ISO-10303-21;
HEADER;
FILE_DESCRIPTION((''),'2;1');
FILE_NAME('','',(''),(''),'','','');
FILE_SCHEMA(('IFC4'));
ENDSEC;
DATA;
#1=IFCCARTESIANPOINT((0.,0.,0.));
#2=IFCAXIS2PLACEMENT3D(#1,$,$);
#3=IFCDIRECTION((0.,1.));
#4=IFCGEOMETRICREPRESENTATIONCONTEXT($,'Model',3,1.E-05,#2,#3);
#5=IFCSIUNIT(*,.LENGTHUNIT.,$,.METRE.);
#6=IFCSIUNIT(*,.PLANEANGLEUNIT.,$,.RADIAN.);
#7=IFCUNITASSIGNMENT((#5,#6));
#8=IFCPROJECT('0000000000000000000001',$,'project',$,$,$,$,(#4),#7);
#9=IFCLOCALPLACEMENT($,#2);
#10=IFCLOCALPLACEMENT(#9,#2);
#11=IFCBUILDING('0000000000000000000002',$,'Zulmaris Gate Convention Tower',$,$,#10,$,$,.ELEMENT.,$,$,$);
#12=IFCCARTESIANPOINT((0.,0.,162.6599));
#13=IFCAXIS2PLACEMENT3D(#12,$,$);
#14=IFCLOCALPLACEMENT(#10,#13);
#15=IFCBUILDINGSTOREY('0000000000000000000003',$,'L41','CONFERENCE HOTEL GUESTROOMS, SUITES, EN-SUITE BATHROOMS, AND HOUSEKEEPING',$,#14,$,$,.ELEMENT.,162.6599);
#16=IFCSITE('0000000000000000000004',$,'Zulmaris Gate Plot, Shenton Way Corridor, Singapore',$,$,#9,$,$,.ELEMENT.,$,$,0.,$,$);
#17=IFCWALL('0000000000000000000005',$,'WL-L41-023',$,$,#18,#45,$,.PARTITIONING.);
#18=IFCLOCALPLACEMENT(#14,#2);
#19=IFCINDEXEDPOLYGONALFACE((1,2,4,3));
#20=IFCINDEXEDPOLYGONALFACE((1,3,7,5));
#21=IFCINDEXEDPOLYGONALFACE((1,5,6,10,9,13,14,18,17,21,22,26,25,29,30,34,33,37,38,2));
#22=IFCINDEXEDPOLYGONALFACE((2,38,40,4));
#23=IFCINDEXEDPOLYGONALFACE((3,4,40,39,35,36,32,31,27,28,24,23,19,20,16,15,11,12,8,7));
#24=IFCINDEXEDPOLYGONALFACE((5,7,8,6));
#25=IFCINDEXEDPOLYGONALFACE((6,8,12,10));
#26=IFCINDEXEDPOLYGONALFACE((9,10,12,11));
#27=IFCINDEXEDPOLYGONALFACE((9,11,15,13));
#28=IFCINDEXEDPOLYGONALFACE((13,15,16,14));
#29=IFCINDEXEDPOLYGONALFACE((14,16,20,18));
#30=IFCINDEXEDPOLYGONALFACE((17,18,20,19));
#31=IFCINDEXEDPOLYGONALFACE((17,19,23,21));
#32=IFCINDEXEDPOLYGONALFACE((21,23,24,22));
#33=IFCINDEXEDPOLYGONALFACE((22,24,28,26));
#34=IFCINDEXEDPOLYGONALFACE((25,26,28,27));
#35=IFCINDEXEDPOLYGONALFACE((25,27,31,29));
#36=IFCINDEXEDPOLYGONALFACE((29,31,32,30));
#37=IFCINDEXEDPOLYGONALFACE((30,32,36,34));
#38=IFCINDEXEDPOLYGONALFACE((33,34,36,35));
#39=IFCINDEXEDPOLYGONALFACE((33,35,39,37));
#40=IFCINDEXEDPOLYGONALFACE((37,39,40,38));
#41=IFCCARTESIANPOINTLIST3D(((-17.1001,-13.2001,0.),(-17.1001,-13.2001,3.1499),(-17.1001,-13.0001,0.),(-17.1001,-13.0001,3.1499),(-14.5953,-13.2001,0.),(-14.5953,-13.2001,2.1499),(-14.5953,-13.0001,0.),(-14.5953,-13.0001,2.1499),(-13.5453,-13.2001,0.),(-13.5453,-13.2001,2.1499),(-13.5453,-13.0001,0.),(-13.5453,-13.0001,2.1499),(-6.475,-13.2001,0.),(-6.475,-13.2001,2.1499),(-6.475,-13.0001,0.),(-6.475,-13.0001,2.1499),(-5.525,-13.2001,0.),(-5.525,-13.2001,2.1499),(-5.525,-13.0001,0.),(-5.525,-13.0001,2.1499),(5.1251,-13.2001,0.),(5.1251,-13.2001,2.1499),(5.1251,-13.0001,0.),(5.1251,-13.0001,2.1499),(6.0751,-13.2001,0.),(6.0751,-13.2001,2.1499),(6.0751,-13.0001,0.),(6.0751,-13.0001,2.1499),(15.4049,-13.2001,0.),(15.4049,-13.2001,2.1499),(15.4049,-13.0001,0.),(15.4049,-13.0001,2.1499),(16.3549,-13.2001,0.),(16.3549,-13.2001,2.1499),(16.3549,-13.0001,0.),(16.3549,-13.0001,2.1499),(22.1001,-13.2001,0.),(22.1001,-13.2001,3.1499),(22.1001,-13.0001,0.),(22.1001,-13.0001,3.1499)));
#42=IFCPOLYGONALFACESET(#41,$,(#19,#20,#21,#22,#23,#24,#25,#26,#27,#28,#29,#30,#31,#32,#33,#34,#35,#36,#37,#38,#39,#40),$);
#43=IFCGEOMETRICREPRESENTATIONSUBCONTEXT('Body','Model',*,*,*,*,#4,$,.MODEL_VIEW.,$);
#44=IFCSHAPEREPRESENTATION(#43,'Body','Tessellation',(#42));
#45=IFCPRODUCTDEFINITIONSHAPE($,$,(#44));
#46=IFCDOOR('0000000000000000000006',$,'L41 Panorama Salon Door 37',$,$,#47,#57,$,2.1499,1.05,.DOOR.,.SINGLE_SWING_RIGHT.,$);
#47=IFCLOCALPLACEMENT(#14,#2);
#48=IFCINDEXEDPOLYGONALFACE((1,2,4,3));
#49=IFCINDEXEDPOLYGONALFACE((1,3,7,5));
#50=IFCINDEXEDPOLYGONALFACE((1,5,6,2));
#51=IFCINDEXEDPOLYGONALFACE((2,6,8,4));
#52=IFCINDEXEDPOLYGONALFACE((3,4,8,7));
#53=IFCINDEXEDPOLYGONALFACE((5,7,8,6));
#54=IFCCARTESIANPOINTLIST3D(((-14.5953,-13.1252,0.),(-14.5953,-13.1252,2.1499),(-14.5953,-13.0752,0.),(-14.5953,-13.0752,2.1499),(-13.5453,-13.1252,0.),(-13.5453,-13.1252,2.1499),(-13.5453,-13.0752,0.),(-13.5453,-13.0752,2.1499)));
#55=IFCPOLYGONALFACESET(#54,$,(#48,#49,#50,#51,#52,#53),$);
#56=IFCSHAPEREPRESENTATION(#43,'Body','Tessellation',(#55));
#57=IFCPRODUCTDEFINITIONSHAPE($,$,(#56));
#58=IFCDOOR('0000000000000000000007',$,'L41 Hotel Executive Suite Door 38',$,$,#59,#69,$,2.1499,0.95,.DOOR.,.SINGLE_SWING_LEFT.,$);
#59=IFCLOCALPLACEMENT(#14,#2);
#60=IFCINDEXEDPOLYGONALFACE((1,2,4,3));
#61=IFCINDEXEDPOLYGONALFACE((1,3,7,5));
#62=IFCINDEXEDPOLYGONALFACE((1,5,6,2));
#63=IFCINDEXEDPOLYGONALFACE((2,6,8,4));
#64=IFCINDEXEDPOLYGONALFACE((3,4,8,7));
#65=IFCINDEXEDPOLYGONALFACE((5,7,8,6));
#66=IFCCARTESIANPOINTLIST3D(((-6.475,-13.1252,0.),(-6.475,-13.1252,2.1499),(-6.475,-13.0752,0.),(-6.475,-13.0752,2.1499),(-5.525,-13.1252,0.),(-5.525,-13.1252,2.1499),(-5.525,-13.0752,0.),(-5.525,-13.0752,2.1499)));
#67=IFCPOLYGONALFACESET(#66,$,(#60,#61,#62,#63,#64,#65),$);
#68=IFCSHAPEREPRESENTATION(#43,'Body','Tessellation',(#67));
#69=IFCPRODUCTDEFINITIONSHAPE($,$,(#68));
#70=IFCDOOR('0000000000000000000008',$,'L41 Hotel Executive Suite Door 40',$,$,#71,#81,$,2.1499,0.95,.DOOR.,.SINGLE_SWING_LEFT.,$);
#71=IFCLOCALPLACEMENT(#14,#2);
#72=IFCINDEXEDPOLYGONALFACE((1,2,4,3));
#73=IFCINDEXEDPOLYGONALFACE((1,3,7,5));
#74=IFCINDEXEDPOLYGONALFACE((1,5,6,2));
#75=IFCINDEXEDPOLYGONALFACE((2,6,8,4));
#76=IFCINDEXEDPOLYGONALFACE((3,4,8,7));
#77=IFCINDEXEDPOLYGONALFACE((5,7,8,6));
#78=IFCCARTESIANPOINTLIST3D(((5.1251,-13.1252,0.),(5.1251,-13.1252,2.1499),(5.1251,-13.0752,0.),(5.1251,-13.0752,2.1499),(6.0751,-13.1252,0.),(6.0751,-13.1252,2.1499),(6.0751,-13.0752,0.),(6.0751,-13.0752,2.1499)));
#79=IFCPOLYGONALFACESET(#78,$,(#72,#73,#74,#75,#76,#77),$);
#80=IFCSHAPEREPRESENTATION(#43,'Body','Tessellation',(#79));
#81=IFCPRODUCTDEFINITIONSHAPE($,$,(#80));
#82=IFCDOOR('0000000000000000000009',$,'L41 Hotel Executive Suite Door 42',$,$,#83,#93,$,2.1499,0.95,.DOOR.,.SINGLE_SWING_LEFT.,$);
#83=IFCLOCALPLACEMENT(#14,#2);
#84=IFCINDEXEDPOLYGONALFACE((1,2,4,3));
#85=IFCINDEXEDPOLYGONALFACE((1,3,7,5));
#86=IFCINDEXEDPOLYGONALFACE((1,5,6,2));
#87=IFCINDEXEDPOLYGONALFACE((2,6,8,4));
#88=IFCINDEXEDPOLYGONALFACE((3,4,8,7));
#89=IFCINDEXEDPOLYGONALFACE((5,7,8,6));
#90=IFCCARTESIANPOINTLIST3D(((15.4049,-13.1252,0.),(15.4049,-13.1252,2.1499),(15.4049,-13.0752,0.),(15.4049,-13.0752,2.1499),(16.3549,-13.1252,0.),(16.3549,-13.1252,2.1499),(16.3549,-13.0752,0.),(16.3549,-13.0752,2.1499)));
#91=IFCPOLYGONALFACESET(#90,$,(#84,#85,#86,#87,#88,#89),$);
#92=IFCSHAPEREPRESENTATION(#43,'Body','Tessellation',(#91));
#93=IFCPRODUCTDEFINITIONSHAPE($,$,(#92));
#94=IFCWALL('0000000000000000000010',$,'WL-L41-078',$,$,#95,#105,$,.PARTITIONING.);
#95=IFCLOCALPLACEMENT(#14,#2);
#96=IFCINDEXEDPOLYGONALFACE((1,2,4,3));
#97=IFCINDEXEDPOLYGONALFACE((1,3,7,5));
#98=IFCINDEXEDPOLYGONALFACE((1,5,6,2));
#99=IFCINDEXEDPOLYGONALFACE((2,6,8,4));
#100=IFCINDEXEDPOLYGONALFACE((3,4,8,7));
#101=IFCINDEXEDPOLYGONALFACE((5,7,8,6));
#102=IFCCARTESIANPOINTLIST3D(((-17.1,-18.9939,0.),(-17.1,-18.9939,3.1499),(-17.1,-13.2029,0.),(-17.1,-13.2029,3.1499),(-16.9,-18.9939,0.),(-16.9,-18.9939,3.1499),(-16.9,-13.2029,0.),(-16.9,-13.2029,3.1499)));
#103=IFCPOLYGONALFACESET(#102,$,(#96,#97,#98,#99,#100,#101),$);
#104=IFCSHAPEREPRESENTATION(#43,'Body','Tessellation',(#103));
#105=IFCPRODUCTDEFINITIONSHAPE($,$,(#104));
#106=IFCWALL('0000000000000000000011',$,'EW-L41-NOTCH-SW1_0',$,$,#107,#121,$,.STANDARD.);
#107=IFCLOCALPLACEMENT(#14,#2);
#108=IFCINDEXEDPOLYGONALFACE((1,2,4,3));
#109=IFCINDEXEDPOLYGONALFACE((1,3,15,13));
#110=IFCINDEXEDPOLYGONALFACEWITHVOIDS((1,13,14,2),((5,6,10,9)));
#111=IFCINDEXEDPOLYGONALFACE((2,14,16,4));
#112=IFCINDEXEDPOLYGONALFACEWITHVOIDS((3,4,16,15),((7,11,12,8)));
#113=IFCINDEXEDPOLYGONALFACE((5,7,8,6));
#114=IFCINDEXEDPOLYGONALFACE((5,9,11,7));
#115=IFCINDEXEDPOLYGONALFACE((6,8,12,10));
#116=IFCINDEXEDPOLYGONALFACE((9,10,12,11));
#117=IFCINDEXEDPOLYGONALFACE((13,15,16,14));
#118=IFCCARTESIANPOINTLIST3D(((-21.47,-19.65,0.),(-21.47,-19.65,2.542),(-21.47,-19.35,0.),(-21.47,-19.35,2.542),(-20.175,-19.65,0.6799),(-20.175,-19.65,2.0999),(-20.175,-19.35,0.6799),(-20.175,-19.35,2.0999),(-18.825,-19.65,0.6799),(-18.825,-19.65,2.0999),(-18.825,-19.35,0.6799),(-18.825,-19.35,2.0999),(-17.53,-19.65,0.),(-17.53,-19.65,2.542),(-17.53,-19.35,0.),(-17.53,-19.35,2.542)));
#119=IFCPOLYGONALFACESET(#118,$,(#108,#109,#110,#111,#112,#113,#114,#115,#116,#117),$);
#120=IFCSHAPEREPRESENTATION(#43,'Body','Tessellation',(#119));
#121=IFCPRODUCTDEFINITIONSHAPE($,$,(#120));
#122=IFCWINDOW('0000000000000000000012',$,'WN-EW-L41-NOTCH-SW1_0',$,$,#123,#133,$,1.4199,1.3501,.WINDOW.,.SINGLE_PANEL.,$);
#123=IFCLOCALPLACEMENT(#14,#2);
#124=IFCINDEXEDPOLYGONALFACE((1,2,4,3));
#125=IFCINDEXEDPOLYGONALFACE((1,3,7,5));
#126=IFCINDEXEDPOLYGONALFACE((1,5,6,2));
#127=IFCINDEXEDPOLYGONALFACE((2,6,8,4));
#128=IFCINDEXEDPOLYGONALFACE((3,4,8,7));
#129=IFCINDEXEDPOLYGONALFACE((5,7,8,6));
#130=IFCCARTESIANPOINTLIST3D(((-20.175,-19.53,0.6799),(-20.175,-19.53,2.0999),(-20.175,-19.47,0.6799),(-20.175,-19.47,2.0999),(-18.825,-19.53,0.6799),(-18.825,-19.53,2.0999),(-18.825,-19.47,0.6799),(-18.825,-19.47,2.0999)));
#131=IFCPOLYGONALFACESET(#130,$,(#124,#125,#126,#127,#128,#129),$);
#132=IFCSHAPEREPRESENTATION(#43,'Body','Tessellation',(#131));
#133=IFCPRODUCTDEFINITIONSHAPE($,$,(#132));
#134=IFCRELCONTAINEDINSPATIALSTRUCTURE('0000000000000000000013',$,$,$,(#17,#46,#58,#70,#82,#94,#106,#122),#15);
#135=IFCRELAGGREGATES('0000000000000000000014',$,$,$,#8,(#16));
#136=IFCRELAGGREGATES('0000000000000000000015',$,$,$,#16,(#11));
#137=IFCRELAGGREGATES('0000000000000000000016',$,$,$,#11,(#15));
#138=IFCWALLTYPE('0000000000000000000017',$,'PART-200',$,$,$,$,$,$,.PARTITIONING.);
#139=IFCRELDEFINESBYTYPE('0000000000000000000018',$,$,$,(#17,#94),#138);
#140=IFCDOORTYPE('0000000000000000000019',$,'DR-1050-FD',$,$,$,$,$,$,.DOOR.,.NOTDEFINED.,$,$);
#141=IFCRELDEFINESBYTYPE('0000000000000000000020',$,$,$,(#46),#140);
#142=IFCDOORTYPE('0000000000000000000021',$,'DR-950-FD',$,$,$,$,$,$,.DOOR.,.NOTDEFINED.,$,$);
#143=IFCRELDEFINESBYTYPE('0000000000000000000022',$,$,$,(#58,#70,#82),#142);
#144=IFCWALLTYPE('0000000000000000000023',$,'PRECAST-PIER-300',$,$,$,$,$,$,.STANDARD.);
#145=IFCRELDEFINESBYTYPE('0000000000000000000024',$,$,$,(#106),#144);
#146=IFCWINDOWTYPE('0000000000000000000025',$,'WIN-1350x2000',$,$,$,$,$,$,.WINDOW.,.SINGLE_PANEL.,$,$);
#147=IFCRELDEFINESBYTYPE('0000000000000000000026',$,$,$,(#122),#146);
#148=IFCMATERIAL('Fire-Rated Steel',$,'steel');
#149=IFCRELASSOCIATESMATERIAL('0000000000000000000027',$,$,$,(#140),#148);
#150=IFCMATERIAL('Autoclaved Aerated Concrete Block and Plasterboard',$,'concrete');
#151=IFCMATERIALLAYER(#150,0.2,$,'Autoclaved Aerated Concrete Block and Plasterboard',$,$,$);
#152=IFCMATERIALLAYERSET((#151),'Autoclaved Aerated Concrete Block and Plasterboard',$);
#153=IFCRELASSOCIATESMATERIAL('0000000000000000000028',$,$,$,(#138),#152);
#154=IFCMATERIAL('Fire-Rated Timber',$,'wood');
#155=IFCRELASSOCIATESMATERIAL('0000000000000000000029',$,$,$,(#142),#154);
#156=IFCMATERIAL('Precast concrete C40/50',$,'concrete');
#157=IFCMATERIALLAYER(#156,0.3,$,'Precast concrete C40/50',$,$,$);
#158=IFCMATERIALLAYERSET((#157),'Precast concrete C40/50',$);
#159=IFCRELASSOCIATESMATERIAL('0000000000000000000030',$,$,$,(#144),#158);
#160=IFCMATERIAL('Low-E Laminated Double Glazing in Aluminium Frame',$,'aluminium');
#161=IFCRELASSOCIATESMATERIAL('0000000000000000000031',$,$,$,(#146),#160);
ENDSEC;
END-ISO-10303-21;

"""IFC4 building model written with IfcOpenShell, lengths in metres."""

from ifc_helpers import new_model, si_unit, direction, frame, frame_2d, origin, place, context, subcontext, project, spatial, rectangle, extrude, material, layer, layer_set, type_object, element, fill, save


model = new_model("IFC4")

# Units and contexts
model_context = context("Model", 3, precision=1e-05, world=origin(), true_north=direction((0.0, 1.0)))
body_context = subcontext(model_context, "Body", "Model", "MODEL_VIEW")
ifc_project = project(units=[si_unit("LENGTHUNIT", "METRE"), si_unit("PLANEANGLEUNIT", "RADIAN")], contexts=[model_context])

# Site, building, storey
site_placement = place(None, origin())
site = spatial("IfcSite", under=ifc_project, at=site_placement, Name="Zulmaris Gate Plot, Shenton Way Corridor, Singapore", CompositionType="ELEMENT", RefElevation=0.0)
building_placement = place(site_placement, origin())
building = spatial("IfcBuilding", under=site, at=building_placement, Name="Zulmaris Gate Convention Tower", CompositionType="ELEMENT")
storey_placement = place(building_placement, frame((0.0, 0.0, 162.6599)))
storey = spatial("IfcBuildingStorey", under=building, at=storey_placement, Name="L41", Description="CONFERENCE HOTEL GUESTROOMS, SUITES, EN-SUITE BATHROOMS, AND HOUSEKEEPING", CompositionType="ELEMENT", Elevation=162.6599)

# Shared definitions
ifc_material_1 = material(Name="Fire-Rated Steel", Category="steel")
door_type_1 = type_object("IfcDoorType", Name="DR-1050-FD", OperationType="NOTDEFINED", PredefinedType="DOOR", material=ifc_material_1)

# Wall, openings, doors
ifc_material_2 = material(Name="Autoclaved Aerated Concrete Block and Plasterboard", Category="concrete")
ifc_layer_1 = layer(ifc_material_2, 0.2, Name="Autoclaved Aerated Concrete Block and Plasterboard")
ifc_layer_set_1 = layer_set([ifc_layer_1], Name="Autoclaved Aerated Concrete Block and Plasterboard")
wall_type_1 = type_object("IfcWallType", Name="PART-200", PredefinedType="PARTITIONING", material=ifc_layer_set_1)
wall_1_placement = place(storey_placement, frame((-17.1001, -13.1001, 0.0), z_axis=(0.0, 0.0, 1.0), x_axis=(1.0, 0.0, 0.0)))
wall_1 = element("IfcWall", 1, at=wall_1_placement, inside=storey, type_object=wall_type_1, Name="WL-L41-023", PredefinedType="PARTITIONING", context=body_context, shape_type="SweptSolid", body=[
    extrude(rectangle(XDim=39.2002, YDim=0.2, at=frame_2d((19.6001, 0.0))), origin(), (0.0, 0.0, 1.0), 3.1499),
])
opening_1_placement = place(wall_1_placement, frame((2.5049, 0.0, 0.0)))
opening_1 = element("IfcOpeningElement", 2, at=opening_1_placement, cuts=wall_1, PredefinedType="OPENING", context=body_context, shape_type="SweptSolid", body=[
    extrude(rectangle(XDim=1.05, YDim=2.1499, at=frame_2d((0.5249, 1.075))), frame((0.0, 0.1099, 0.0), z_axis=(0.0, -1.0, 0.0), x_axis=(1.0, 0.0, 0.0)), (0.0, 0.0, 1.0), 0.22),
])
opening_2_placement = place(wall_1_placement, frame((10.625, 0.0, 0.0)))
opening_2 = element("IfcOpeningElement", 3, at=opening_2_placement, cuts=wall_1, PredefinedType="OPENING", context=body_context, shape_type="SweptSolid", body=[
    extrude(rectangle(XDim=0.95, YDim=2.1499, at=frame_2d((0.4751, 1.075))), frame((0.0, 0.1099, 0.0), z_axis=(0.0, -1.0, 0.0), x_axis=(1.0, 0.0, 0.0)), (0.0, 0.0, 1.0), 0.22),
])
opening_3_placement = place(wall_1_placement, frame((22.2251, 0.0, 0.0)))
opening_3 = element("IfcOpeningElement", 4, at=opening_3_placement, cuts=wall_1, PredefinedType="OPENING", context=body_context, shape_type="SweptSolid", body=[
    extrude(rectangle(XDim=0.95, YDim=2.1499, at=frame_2d((0.4751, 1.075))), frame((0.0, 0.1099, 0.0), z_axis=(0.0, -1.0, 0.0), x_axis=(1.0, 0.0, 0.0)), (0.0, 0.0, 1.0), 0.22),
])
opening_4_placement = place(wall_1_placement, frame((32.5049, 0.0, 0.0)))
opening_4 = element("IfcOpeningElement", 5, at=opening_4_placement, cuts=wall_1, PredefinedType="OPENING", context=body_context, shape_type="SweptSolid", body=[
    extrude(rectangle(XDim=0.95, YDim=2.1499, at=frame_2d((0.4751, 1.075))), frame((0.0, 0.1099, 0.0), z_axis=(0.0, -1.0, 0.0), x_axis=(1.0, 0.0, 0.0)), (0.0, 0.0, 1.0), 0.22),
])
door_1_placement = place(opening_1_placement, origin())
door_1 = element("IfcDoor", 6, at=door_1_placement, inside=storey, type_object=door_type_1, Name="L41 Panorama Salon Door 37", OperationType="SINGLE_SWING_RIGHT", OverallHeight=2.1499, OverallWidth=1.05, PredefinedType="DOOR", context=body_context, shape_type="SweptSolid", body=[
    extrude(rectangle(XDim=1.05, YDim=2.1499, at=frame_2d((0.5249, 1.075))), frame((0.0, 0.0249, 0.0), z_axis=(0.0, -1.0, 0.0), x_axis=(1.0, 0.0, 0.0)), (0.0, 0.0, 1.0), 0.05),
])
fill(opening_1, door_1)
ifc_material_3 = material(Name="Fire-Rated Timber", Category="wood")
door_type_2 = type_object("IfcDoorType", Name="DR-950-FD", OperationType="NOTDEFINED", PredefinedType="DOOR", material=ifc_material_3)
door_2_placement = place(opening_2_placement, origin())
door_2 = element("IfcDoor", 7, at=door_2_placement, inside=storey, type_object=door_type_2, Name="L41 Hotel Executive Suite Door 38", OperationType="SINGLE_SWING_LEFT", OverallHeight=2.1499, OverallWidth=0.95, PredefinedType="DOOR", context=body_context, shape_type="SweptSolid", body=[
    extrude(rectangle(XDim=0.95, YDim=2.1499, at=frame_2d((0.4751, 1.075))), frame((0.0, 0.0249, 0.0), z_axis=(0.0, -1.0, 0.0), x_axis=(1.0, 0.0, 0.0)), (0.0, 0.0, 1.0), 0.05),
])
fill(opening_2, door_2)
door_3_placement = place(opening_3_placement, origin())
door_3 = element("IfcDoor", 8, at=door_3_placement, inside=storey, type_object=door_type_2, Name="L41 Hotel Executive Suite Door 40", OperationType="SINGLE_SWING_LEFT", OverallHeight=2.1499, OverallWidth=0.95, PredefinedType="DOOR", context=body_context, shape_type="SweptSolid", body=[
    extrude(rectangle(XDim=0.95, YDim=2.1499, at=frame_2d((0.4751, 1.075))), frame((0.0, 0.0249, 0.0), z_axis=(0.0, -1.0, 0.0), x_axis=(1.0, 0.0, 0.0)), (0.0, 0.0, 1.0), 0.05),
])
fill(opening_3, door_3)
door_4_placement = place(opening_4_placement, origin())
door_4 = element("IfcDoor", 9, at=door_4_placement, inside=storey, type_object=door_type_2, Name="L41 Hotel Executive Suite Door 42", OperationType="SINGLE_SWING_LEFT", OverallHeight=2.1499, OverallWidth=0.95, PredefinedType="DOOR", context=body_context, shape_type="SweptSolid", body=[
    extrude(rectangle(XDim=0.95, YDim=2.1499, at=frame_2d((0.4751, 1.075))), frame((0.0, 0.0249, 0.0), z_axis=(0.0, -1.0, 0.0), x_axis=(1.0, 0.0, 0.0)), (0.0, 0.0, 1.0), 0.05),
])
fill(opening_4, door_4)

# Wall
wall_2_placement = place(storey_placement, frame((-17.0, -18.9939, 0.0), z_axis=(0.0, 0.0, 1.0), x_axis=(0.0, 1.0, 0.0)))
element("IfcWall", 10, at=wall_2_placement, inside=storey, type_object=wall_type_1, Name="WL-L41-078", PredefinedType="PARTITIONING", context=body_context, shape_type="SweptSolid", body=[
    extrude(rectangle(XDim=5.791, YDim=0.2, at=frame_2d((2.8955, 0.0))), origin(), (0.0, 0.0, 1.0), 3.1499),
])

# Wall, opening, window
ifc_material_4 = material(Name="Precast concrete C40/50", Category="concrete")
ifc_layer_2 = layer(ifc_material_4, 0.3, Name="Precast concrete C40/50")
ifc_layer_set_2 = layer_set([ifc_layer_2], Name="Precast concrete C40/50")
wall_type_2 = type_object("IfcWallType", Name="PRECAST-PIER-300", PredefinedType="STANDARD", material=ifc_layer_set_2)
wall_3_placement = place(storey_placement, frame((-21.47, -19.5, 0.0), z_axis=(0.0, 0.0, 1.0), x_axis=(1.0, 0.0, 0.0)))
wall_3 = element("IfcWall", 11, at=wall_3_placement, inside=storey, type_object=wall_type_2, Name="EW-L41-NOTCH-SW1_0", PredefinedType="STANDARD", context=body_context, shape_type="SweptSolid", body=[
    extrude(rectangle(XDim=3.9399, YDim=0.3, at=frame_2d((1.97, 0.0))), origin(), (0.0, 0.0, 1.0), 2.542),
])
opening_5_placement = place(wall_3_placement, frame((1.2949, 0.0, 0.6799)))
opening_5 = element("IfcOpeningElement", 12, at=opening_5_placement, cuts=wall_3, PredefinedType="OPENING", context=body_context, shape_type="SweptSolid", body=[
    extrude(rectangle(XDim=1.3501, YDim=1.4199, at=frame_2d((0.675, 0.71))), frame((0.0, 0.1602, 0.0), z_axis=(0.0, -1.0, 0.0), x_axis=(1.0, 0.0, 0.0)), (0.0, 0.0, 1.0), 0.3201),
])
ifc_material_5 = material(Name="Low-E Laminated Double Glazing in Aluminium Frame", Category="aluminium")
window_type = type_object("IfcWindowType", Name="WIN-1350x2000", PartitioningType="SINGLE_PANEL", PredefinedType="WINDOW", material=ifc_material_5)
window_placement = place(opening_5_placement, origin())
window = element("IfcWindow", 13, at=window_placement, inside=storey, type_object=window_type, Name="WN-EW-L41-NOTCH-SW1_0", OverallHeight=1.4199, OverallWidth=1.3501, PartitioningType="SINGLE_PANEL", PredefinedType="WINDOW", context=body_context, shape_type="SweptSolid", body=[
    extrude(rectangle(XDim=1.3501, YDim=1.4199, at=frame_2d((0.675, 0.71))), frame((0.0, 0.03, 0.0), z_axis=(0.0, -1.0, 0.0), x_axis=(1.0, 0.0, 0.0)), (0.0, 0.0, 1.0), 0.0601),
])
fill(opening_5, window)

save(model, "model.ifc")
